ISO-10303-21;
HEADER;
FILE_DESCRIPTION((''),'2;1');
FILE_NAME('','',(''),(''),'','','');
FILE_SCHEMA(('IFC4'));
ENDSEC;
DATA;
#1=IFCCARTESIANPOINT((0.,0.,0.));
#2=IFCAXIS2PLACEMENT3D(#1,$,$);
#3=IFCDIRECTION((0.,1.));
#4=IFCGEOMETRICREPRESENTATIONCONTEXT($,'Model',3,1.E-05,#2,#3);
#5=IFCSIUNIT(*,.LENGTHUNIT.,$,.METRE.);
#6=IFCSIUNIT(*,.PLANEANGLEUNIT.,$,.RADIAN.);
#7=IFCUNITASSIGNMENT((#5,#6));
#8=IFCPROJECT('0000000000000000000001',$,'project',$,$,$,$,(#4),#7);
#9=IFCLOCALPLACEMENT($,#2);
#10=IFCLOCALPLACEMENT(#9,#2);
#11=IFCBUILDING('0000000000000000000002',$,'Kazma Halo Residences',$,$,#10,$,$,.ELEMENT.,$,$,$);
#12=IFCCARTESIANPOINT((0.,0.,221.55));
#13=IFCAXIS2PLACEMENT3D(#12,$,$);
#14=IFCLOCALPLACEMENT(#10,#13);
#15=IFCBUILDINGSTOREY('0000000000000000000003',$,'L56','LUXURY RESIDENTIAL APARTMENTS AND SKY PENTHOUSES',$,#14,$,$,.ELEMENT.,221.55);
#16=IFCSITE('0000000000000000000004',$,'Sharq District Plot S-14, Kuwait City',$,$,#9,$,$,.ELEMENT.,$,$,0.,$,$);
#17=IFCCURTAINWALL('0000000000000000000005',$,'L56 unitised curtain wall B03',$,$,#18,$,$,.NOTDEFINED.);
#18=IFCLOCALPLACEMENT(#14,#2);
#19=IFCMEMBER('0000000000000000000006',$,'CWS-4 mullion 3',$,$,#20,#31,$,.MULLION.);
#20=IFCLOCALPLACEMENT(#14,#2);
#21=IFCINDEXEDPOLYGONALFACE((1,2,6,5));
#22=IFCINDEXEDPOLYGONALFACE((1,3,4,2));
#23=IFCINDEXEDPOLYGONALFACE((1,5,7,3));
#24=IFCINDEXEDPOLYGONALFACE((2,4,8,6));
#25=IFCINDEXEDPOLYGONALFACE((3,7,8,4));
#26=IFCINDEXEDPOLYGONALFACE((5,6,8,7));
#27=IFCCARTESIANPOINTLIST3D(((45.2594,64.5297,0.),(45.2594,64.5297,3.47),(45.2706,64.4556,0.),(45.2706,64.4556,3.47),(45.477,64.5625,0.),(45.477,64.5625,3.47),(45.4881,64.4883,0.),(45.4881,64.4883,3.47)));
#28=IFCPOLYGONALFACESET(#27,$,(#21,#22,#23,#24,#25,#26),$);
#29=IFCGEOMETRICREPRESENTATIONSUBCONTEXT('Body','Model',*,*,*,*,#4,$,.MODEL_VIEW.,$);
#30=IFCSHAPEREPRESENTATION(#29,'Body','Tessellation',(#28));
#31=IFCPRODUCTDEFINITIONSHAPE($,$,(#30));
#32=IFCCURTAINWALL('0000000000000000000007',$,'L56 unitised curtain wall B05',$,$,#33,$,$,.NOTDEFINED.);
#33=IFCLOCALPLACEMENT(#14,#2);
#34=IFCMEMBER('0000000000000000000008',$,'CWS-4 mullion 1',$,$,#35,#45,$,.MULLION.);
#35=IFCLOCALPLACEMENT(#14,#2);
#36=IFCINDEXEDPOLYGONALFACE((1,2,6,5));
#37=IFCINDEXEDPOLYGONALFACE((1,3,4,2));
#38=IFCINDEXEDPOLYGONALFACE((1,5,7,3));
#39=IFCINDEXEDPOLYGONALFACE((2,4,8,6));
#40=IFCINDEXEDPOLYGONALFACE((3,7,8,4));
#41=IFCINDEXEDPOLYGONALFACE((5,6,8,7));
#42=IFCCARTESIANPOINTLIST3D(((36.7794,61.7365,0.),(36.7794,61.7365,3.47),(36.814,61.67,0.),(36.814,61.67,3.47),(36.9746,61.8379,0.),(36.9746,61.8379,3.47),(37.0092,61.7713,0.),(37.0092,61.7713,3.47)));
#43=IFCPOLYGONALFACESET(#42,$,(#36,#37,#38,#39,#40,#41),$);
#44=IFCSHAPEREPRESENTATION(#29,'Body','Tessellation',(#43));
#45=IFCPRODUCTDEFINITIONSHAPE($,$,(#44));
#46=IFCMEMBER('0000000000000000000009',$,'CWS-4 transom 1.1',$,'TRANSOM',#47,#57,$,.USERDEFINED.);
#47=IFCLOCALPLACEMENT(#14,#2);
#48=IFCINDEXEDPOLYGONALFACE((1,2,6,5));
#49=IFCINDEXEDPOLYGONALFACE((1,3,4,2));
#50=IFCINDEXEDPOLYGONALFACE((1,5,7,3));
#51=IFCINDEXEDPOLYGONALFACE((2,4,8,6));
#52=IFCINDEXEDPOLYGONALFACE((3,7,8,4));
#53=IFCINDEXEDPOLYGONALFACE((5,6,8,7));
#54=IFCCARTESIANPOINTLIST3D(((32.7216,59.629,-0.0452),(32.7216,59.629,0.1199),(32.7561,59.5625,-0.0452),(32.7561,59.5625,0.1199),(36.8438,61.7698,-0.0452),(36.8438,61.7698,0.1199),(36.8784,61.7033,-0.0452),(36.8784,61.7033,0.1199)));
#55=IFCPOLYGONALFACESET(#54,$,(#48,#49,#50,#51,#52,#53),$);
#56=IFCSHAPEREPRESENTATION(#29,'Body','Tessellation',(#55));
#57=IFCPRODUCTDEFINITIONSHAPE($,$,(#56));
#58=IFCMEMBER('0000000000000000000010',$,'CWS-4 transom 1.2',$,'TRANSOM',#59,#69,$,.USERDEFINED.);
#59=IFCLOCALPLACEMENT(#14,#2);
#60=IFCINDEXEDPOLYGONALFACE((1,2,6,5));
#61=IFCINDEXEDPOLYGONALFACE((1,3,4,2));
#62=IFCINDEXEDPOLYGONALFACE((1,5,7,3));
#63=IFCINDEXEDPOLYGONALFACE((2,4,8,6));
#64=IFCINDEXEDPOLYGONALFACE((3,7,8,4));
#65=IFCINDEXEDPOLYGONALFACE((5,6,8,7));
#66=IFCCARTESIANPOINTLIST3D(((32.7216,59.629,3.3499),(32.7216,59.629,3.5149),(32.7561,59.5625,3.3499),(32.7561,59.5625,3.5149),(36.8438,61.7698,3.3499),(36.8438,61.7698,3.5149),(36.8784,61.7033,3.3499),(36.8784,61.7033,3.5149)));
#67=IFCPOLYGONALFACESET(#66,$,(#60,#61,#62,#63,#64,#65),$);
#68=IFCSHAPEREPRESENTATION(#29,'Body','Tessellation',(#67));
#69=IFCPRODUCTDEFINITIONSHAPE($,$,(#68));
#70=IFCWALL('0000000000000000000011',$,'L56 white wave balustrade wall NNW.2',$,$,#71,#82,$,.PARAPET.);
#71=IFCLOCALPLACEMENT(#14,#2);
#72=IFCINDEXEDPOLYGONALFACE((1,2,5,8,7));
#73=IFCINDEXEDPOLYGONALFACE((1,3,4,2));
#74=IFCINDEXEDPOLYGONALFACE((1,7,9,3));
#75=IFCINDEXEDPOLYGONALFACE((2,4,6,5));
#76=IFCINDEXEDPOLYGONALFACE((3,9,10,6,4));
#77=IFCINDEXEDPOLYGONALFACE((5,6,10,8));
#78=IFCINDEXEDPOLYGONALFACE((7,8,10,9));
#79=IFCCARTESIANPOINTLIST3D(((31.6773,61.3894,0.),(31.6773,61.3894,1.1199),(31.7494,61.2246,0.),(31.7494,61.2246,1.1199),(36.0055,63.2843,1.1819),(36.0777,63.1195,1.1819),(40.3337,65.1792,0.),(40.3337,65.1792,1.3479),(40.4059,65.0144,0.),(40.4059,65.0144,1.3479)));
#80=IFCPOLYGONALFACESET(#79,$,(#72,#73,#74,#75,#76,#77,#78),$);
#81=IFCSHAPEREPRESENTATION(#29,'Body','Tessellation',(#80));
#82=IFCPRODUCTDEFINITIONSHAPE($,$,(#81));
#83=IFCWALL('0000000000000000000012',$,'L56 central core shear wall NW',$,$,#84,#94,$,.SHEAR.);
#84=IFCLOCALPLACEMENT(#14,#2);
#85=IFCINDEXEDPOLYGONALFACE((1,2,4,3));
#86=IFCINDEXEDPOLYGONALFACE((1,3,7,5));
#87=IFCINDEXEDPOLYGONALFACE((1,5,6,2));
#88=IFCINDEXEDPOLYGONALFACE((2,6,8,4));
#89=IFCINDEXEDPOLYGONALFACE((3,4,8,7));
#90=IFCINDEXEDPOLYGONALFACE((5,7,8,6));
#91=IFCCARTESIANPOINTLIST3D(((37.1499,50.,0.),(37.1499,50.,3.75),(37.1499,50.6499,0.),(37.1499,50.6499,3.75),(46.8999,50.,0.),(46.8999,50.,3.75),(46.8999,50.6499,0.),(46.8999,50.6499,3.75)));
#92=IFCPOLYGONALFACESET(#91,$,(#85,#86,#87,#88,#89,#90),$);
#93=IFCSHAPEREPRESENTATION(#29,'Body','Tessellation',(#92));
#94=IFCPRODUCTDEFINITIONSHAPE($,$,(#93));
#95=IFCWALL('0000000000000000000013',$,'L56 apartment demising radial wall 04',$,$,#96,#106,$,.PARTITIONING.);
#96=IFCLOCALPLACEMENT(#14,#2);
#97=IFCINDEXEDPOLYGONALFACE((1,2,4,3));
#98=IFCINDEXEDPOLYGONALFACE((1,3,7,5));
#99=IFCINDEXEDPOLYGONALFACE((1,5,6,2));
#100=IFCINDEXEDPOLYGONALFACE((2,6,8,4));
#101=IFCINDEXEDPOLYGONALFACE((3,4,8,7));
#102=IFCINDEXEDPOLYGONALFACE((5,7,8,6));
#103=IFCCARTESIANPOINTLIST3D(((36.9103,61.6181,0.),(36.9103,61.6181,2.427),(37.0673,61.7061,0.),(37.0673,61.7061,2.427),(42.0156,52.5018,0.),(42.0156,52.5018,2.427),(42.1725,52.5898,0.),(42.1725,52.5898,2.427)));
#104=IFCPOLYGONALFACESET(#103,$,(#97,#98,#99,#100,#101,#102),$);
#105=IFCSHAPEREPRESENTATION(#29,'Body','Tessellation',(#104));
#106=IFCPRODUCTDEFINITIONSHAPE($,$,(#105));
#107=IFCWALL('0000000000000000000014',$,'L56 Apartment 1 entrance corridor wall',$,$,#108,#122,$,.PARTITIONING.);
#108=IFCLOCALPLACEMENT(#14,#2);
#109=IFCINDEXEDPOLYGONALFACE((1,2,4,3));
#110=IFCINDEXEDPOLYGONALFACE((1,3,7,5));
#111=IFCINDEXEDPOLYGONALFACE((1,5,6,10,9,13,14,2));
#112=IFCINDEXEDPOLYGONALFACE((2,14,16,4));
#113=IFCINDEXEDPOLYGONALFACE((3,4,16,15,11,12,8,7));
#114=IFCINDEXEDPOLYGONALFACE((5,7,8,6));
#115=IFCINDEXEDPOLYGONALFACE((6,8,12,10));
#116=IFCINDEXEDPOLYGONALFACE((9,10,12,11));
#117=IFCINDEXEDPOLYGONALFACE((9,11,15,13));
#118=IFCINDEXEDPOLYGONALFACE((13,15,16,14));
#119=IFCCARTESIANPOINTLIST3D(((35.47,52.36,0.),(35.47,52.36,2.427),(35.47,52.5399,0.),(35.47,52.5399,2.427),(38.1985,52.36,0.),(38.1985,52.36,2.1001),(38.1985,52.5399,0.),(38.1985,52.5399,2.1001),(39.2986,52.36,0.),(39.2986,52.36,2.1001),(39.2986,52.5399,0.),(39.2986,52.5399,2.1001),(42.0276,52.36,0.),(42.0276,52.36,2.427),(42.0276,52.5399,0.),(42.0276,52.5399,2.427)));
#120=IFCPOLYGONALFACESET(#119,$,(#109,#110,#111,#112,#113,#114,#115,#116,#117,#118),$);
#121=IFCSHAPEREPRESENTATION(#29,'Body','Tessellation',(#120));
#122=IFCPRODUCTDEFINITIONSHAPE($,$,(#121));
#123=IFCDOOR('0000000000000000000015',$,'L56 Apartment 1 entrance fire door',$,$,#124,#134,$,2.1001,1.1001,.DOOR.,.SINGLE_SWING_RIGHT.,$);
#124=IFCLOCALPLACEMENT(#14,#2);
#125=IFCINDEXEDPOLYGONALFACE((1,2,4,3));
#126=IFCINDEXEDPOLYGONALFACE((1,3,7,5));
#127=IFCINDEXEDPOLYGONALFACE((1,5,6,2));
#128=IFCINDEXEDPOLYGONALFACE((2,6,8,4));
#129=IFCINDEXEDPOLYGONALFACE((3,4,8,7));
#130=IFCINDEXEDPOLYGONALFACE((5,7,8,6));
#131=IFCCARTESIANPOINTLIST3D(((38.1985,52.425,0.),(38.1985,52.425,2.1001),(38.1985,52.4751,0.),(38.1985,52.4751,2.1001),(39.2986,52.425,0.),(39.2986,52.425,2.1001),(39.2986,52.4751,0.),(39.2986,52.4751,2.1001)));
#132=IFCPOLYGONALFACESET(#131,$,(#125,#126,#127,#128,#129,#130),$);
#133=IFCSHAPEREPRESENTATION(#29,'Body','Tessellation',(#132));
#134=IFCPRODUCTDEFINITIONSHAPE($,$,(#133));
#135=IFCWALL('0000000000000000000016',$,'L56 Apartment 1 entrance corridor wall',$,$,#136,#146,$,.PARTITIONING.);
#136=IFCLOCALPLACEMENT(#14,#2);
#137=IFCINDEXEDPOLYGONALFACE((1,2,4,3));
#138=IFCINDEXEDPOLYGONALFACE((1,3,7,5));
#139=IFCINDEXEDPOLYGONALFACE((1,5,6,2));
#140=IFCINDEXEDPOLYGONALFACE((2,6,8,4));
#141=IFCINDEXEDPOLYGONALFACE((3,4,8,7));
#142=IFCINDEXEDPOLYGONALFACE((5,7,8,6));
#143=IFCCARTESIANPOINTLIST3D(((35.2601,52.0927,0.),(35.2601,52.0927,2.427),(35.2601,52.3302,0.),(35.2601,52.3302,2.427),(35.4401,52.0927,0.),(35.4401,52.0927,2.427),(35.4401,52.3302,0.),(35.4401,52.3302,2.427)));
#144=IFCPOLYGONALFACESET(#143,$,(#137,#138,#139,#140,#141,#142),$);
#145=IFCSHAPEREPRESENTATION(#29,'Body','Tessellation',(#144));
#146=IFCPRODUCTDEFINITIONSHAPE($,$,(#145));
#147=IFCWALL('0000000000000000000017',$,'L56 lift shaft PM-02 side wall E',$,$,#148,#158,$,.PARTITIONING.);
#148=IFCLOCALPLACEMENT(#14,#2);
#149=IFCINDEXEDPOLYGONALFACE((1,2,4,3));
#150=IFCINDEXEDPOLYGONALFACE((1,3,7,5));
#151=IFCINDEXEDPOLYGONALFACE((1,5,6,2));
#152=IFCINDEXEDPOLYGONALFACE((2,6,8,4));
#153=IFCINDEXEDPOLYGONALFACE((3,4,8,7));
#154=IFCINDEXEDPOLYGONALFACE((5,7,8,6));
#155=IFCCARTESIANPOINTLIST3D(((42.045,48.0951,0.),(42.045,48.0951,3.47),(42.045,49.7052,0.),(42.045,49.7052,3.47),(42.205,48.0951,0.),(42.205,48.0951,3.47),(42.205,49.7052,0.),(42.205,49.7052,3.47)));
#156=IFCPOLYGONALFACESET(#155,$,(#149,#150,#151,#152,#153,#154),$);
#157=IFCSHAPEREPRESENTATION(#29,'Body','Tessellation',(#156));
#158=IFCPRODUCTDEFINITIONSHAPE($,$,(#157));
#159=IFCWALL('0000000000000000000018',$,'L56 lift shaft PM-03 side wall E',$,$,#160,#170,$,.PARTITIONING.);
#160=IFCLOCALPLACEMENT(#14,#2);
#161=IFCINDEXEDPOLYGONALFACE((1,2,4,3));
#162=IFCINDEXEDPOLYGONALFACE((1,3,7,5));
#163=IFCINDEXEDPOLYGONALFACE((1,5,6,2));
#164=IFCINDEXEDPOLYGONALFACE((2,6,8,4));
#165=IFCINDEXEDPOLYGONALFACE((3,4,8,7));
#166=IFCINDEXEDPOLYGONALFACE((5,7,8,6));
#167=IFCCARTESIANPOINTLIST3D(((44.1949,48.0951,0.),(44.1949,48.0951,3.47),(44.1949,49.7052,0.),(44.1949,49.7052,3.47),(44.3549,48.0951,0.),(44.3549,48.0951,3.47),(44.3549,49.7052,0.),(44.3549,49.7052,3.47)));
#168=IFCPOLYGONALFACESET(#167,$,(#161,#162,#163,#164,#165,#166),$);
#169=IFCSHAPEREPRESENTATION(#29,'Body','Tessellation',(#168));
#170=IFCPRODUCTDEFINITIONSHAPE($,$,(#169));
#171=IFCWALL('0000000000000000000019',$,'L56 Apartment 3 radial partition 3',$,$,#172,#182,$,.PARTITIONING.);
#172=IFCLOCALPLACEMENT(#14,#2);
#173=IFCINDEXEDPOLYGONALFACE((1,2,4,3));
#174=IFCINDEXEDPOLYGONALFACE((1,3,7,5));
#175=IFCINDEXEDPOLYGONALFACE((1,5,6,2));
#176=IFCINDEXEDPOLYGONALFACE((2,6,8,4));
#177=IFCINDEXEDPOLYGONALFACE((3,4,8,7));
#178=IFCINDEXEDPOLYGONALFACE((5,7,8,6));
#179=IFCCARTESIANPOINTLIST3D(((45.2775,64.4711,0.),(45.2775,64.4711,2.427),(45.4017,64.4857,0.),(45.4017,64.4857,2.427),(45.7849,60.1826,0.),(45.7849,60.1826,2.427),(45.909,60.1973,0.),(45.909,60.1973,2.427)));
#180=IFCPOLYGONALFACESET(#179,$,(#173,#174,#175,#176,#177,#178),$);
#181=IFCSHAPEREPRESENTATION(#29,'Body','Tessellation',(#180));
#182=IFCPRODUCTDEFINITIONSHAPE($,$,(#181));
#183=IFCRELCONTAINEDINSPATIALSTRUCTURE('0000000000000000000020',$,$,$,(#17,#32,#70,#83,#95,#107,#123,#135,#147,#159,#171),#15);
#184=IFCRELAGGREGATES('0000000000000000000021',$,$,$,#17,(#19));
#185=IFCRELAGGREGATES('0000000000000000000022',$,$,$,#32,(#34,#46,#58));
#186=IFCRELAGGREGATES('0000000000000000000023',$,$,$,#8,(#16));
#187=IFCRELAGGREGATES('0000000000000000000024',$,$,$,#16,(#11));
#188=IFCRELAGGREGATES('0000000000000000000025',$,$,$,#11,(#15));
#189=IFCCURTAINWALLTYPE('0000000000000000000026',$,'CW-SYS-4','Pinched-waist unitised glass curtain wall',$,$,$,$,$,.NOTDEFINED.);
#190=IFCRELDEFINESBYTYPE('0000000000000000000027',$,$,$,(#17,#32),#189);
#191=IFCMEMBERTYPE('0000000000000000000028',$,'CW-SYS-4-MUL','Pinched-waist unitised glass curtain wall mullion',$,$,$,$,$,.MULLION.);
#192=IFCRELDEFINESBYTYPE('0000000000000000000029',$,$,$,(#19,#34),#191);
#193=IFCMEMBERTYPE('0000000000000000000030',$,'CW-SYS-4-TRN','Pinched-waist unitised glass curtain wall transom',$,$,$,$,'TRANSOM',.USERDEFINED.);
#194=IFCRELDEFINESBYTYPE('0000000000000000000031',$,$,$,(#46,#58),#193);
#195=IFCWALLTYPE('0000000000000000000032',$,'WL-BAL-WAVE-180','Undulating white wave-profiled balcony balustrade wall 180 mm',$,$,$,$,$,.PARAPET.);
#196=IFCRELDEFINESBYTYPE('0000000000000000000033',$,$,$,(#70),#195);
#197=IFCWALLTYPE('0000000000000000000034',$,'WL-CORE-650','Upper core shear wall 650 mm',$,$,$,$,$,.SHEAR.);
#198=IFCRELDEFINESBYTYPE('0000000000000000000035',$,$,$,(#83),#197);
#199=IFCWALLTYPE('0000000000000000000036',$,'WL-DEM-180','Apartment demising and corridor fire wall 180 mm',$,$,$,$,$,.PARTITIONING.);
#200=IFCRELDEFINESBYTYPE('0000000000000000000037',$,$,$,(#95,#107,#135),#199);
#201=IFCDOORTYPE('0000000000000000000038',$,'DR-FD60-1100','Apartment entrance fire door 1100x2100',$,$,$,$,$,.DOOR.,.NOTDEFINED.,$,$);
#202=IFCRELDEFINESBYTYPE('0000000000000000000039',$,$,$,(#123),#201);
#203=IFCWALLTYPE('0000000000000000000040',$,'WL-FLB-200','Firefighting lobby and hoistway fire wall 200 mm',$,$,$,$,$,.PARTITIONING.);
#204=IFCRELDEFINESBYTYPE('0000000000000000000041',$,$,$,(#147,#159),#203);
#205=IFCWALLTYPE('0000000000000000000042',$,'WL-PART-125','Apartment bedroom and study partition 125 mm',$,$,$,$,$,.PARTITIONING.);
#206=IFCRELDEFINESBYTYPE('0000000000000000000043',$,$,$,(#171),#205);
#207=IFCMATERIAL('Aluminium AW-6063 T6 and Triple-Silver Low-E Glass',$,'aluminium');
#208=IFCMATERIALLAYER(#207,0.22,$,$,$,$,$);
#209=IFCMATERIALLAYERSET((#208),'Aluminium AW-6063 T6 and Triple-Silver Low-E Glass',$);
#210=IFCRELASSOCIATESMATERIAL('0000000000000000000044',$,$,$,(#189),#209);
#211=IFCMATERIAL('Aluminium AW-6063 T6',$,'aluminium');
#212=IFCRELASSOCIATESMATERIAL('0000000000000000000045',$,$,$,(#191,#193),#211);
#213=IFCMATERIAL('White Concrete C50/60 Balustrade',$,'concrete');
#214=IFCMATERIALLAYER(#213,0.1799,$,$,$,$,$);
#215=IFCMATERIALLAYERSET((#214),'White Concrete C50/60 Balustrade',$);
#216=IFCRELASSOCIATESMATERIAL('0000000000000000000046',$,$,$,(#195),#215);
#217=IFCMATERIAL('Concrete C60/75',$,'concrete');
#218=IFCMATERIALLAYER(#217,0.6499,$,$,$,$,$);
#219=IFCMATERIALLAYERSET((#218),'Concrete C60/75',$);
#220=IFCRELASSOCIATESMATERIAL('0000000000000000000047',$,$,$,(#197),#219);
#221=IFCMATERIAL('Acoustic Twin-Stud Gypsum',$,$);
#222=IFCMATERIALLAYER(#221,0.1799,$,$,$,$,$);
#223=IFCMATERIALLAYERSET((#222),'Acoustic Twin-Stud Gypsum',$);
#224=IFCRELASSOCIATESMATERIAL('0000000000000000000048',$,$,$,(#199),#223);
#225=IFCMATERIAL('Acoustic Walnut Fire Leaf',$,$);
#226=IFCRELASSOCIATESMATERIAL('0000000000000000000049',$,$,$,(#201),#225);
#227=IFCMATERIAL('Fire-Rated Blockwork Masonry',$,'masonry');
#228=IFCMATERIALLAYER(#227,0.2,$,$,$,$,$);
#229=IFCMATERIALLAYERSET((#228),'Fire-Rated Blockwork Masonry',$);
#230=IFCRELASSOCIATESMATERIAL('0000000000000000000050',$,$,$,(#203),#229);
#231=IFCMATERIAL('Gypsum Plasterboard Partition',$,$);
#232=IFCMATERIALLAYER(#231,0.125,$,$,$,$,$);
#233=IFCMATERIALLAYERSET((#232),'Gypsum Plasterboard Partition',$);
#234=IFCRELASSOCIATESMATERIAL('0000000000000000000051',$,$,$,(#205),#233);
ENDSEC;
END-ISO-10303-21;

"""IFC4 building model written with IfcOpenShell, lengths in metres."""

from ifc_helpers import new_model, si_unit, direction, frame, frame_2d, origin, origin_2d, place, context, subcontext, project, spatial, polyline, rectangle, outline, extrude, material, layer, layer_set, material_profile, profile_set, type_object, element, fill, aggregate, save


model = new_model("IFC4")

# Units and contexts
model_context = context("Model", 3, precision=1e-05, world=origin(), true_north=direction((0.0, 1.0)))
body_context = subcontext(model_context, "Body", "Model", "MODEL_VIEW")
ifc_project = project(units=[si_unit("LENGTHUNIT", "METRE"), si_unit("PLANEANGLEUNIT", "RADIAN")], contexts=[model_context])

# Site, building, storey
site_placement = place(None, origin())
site = spatial("IfcSite", under=ifc_project, at=site_placement, Name="Sharq District Plot S-14, Kuwait City", CompositionType="ELEMENT", RefElevation=0.0)
building_placement = place(site_placement, origin())
building = spatial("IfcBuilding", under=site, at=building_placement, Name="Kazma Halo Residences", CompositionType="ELEMENT")
storey_placement = place(building_placement, frame((0.0, 0.0, 221.55)))
storey = spatial("IfcBuildingStorey", under=building, at=storey_placement, Name="L56", Description="LUXURY RESIDENTIAL APARTMENTS AND SKY PENTHOUSES", CompositionType="ELEMENT", Elevation=221.55)

# Curtain wall, member
ifc_material_1 = material(Name="Aluminium AW-6063 T6 and Triple-Silver Low-E Glass", Category="aluminium")
ifc_layer_1 = layer(ifc_material_1, 0.22)
ifc_layer_set_1 = layer_set([ifc_layer_1], Name="Aluminium AW-6063 T6 and Triple-Silver Low-E Glass")
curtain_wall_type = type_object("IfcCurtainWallType", Name="CW-SYS-4", Description="Pinched-waist unitised glass curtain wall", PredefinedType="NOTDEFINED", material=ifc_layer_set_1)
curtain_wall_1_placement = place(storey_placement, origin())
curtain_wall_1 = element("IfcCurtainWall", 1, at=curtain_wall_1_placement, inside=storey, type_object=curtain_wall_type, Name="L56 unitised curtain wall B03", PredefinedType="NOTDEFINED")
ifc_material_2 = material(Name="Aluminium AW-6063 T6", Category="aluminium")
ifc_material_profile_1 = material_profile(ifc_material_2, rectangle(XDim=0.075, YDim=0.22, at=origin_2d()), Name="CWM-75x220")
ifc_profile_set_1 = profile_set([ifc_material_profile_1], Name="Aluminium AW-6063 T6")
member_type_1 = type_object("IfcMemberType", Name="CW-SYS-4-MUL", Description="Pinched-waist unitised glass curtain wall mullion", PredefinedType="MULLION", material=ifc_profile_set_1)
member_1_placement = place(storey_placement, frame((45.3738, 64.509, 0.0), z_axis=(0.0, 0.0, 1.0), x_axis=(0.148773, -0.988871, 0.0)))
member_1 = element("IfcMember", 2, at=member_1_placement, type_object=member_type_1, Name="CWS-4 mullion 3", PredefinedType="MULLION", context=body_context, shape_type="SweptSolid", body=[
    extrude(rectangle(XDim=0.075, YDim=0.22, at=origin_2d()), origin(), (0.0, 0.0, 1.0), 3.47),
])
aggregate(curtain_wall_1, [member_1])

# Curtain wall, members
curtain_wall_2_placement = place(storey_placement, origin())
curtain_wall_2 = element("IfcCurtainWall", 3, at=curtain_wall_2_placement, inside=storey, type_object=curtain_wall_type, Name="L56 unitised curtain wall B05", PredefinedType="NOTDEFINED")
member_2_placement = place(storey_placement, frame((36.8943, 61.7539, 0.0), z_axis=(0.0, 0.0, 1.0), x_axis=(0.460874, -0.887466, 0.0)))
member_2 = element("IfcMember", 4, at=member_2_placement, type_object=member_type_1, Name="CWS-4 mullion 1", PredefinedType="MULLION", context=body_context, shape_type="SweptSolid", body=[
    extrude(rectangle(XDim=0.075, YDim=0.22, at=origin_2d()), origin(), (0.0, 0.0, 1.0), 3.47),
])
ifc_material_profile_2 = material_profile(ifc_material_2, rectangle(XDim=0.075, YDim=0.165, at=origin_2d()), Name="CWT-75x165")
ifc_profile_set_2 = profile_set([ifc_material_profile_2], Name="Aluminium AW-6063 T6")
member_type_2 = type_object("IfcMemberType", Name="CW-SYS-4-TRN", Description="Pinched-waist unitised glass curtain wall transom", ElementType="TRANSOM", PredefinedType="USERDEFINED", material=ifc_profile_set_2)
member_3_placement = place(storey_placement, frame((36.8611, 61.7366, 0.0374), z_axis=(-0.887458, -0.460889, 0.0), x_axis=(0.460889, -0.887458, 0.0)))
member_3 = element("IfcMember", 5, at=member_3_placement, type_object=member_type_2, Name="CWS-4 transom 1.1", ObjectType="TRANSOM", PredefinedType="USERDEFINED", context=body_context, shape_type="SweptSolid", body=[
    extrude(rectangle(XDim=0.075, YDim=0.165, at=origin_2d()), origin(), (0.0, 0.0, 1.0), 4.645),
])
member_4_placement = place(storey_placement, frame((36.8611, 61.7366, 3.4324), z_axis=(-0.887458, -0.460889, 0.0), x_axis=(0.460889, -0.887458, 0.0)))
member_4 = element("IfcMember", 6, at=member_4_placement, type_object=member_type_2, Name="CWS-4 transom 1.2", ObjectType="TRANSOM", PredefinedType="USERDEFINED", context=body_context, shape_type="SweptSolid", body=[
    extrude(rectangle(XDim=0.075, YDim=0.165, at=origin_2d()), origin(), (0.0, 0.0, 1.0), 4.645),
])
aggregate(curtain_wall_2, [member_2, member_3, member_4])

# Walls
ifc_material_3 = material(Name="White Concrete C50/60 Balustrade", Category="concrete")
ifc_layer_2 = layer(ifc_material_3, 0.1799)
ifc_layer_set_2 = layer_set([ifc_layer_2], Name="White Concrete C50/60 Balustrade")
wall_type_1 = type_object("IfcWallType", Name="WL-BAL-WAVE-180", Description="Undulating white wave-profiled balcony balustrade wall 180 mm", PredefinedType="PARAPET", material=ifc_layer_set_2)
wall_1_placement = place(storey_placement, frame((40.3699, 65.0967, 0.0), z_axis=(0.0, 0.0, 1.0), x_axis=(-0.916057, -0.401048, 0.0)))
element("IfcWall", 7, at=wall_1_placement, inside=storey, type_object=wall_type_1, Name="L56 white wave balustrade wall NNW.2", PredefinedType="PARAPET", context=body_context, shape_type="SweptSolid", body=[
    extrude(outline(polyline([(0.0, 0.0), (9.4497, 0.0), (9.4497, 1.1199), (4.7249, 1.1819), (0.0, 1.3479), (0.0, 0.0)])), frame((0.0, 0.0898, 0.0), z_axis=(0.0, -1.0, 0.0), x_axis=(1.0, 0.0, 0.0)), (0.0, 0.0, 1.0), 0.1799),
])
ifc_material_4 = material(Name="Concrete C60/75", Category="concrete")
ifc_layer_3 = layer(ifc_material_4, 0.6499)
ifc_layer_set_3 = layer_set([ifc_layer_3], Name="Concrete C60/75")
wall_type_2 = type_object("IfcWallType", Name="WL-CORE-650", Description="Upper core shear wall 650 mm", PredefinedType="SHEAR", material=ifc_layer_set_3)
wall_2_placement = place(storey_placement, frame((37.1499, 50.325, 0.0), z_axis=(0.0, 0.0, 1.0), x_axis=(1.0, 0.0, 0.0)))
element("IfcWall", 8, at=wall_2_placement, inside=storey, type_object=wall_type_2, Name="L56 central core shear wall NW", PredefinedType="SHEAR", context=body_context, shape_type="SweptSolid", body=[
    extrude(rectangle(XDim=9.75, YDim=0.6499, at=frame_2d((4.875, 0.0))), origin(), (0.0, 0.0, 1.0), 3.75),
])
ifc_material_5 = material(Name="Acoustic Twin-Stud Gypsum")
ifc_layer_4 = layer(ifc_material_5, 0.1799)
ifc_layer_set_4 = layer_set([ifc_layer_4], Name="Acoustic Twin-Stud Gypsum")
wall_type_3 = type_object("IfcWallType", Name="WL-DEM-180", Description="Apartment demising and corridor fire wall 180 mm", PredefinedType="PARTITIONING", material=ifc_layer_set_4)
wall_3_placement = place(storey_placement, frame((42.094, 52.5459, 0.0), z_axis=(0.0, 0.0, 1.0), x_axis=(-0.488614, 0.8725, 0.0)))
element("IfcWall", 9, at=wall_3_placement, inside=storey, type_object=wall_type_3, Name="L56 apartment demising radial wall 04", PredefinedType="PARTITIONING", context=body_context, shape_type="SweptSolid", body=[
    extrude(rectangle(XDim=10.4485, YDim=0.1799, at=frame_2d((5.2241, 0.0))), origin(), (0.0, 0.0, 1.0), 2.427),
])

# Wall, opening, door
wall_4_placement = place(storey_placement, frame((42.0276, 52.45, 0.0), z_axis=(0.0, 0.0, 1.0), x_axis=(-1.0, 0.0, 0.0)))
wall_4 = element("IfcWall", 10, at=wall_4_placement, inside=storey, type_object=wall_type_3, Name="L56 Apartment 1 entrance corridor wall", PredefinedType="PARTITIONING", context=body_context, shape_type="SweptSolid", body=[
    extrude(rectangle(XDim=6.5576, YDim=0.1799, at=frame_2d((3.2788, 0.0))), origin(), (0.0, 0.0, 1.0), 2.427),
])
opening_1_placement = place(wall_4_placement, frame((2.729, 0.0, 0.0)))
opening_1 = element("IfcOpeningElement", 11, at=opening_1_placement, cuts=wall_4, PredefinedType="OPENING", context=body_context, shape_type="SweptSolid", body=[
    extrude(rectangle(XDim=1.1001, YDim=2.1001, at=frame_2d((0.55, 1.05))), frame((0.0, 0.0999, 0.0), z_axis=(0.0, -1.0, 0.0), x_axis=(1.0, 0.0, 0.0)), (0.0, 0.0, 1.0), 0.2),
])
ifc_material_6 = material(Name="Acoustic Walnut Fire Leaf")
door_type_1 = type_object("IfcDoorType", Name="DR-FD60-1100", Description="Apartment entrance fire door 1100x2100", OperationType="NOTDEFINED", PredefinedType="DOOR", material=ifc_material_6)
door_1_placement = place(opening_1_placement, origin())
door_1 = element("IfcDoor", 12, at=door_1_placement, inside=storey, type_object=door_type_1, Name="L56 Apartment 1 entrance fire door", OperationType="SINGLE_SWING_RIGHT", OverallHeight=2.1001, OverallWidth=1.1001, PredefinedType="DOOR", context=body_context, shape_type="SweptSolid", body=[
    extrude(rectangle(XDim=1.1001, YDim=2.1001, at=frame_2d((0.55, 1.05))), frame((0.0, 0.0249, 0.0), z_axis=(0.0, -1.0, 0.0), x_axis=(1.0, 0.0, 0.0)), (0.0, 0.0, 1.0), 0.05),
])
fill(opening_1, door_1)

# Wall
wall_5_placement = place(storey_placement, frame((35.3501, 52.3301, 0.0), z_axis=(0.0, 0.0, 1.0), x_axis=(0.0, -1.0, 0.0)))
element("IfcWall", 13, at=wall_5_placement, inside=storey, type_object=wall_type_3, Name="L56 Apartment 1 entrance corridor wall", PredefinedType="PARTITIONING", context=body_context, shape_type="SweptSolid", body=[
    extrude(rectangle(XDim=0.2375, YDim=0.1799, at=frame_2d((0.1187, 0.0))), origin(), (0.0, 0.0, 1.0), 2.427),
])

# Walls
ifc_material_7 = material(Name="Fire-Rated Blockwork Masonry", Category="masonry")
ifc_layer_5 = layer(ifc_material_7, 0.2)
ifc_layer_set_5 = layer_set([ifc_layer_5], Name="Fire-Rated Blockwork Masonry")
wall_type_4 = type_object("IfcWallType", Name="WL-FLB-200", Description="Firefighting lobby and hoistway fire wall 200 mm", PredefinedType="PARTITIONING", material=ifc_layer_set_5)
for number, where, z_axis, x_axis, name in (
    (14, (42.125, 48.095, 0.0), (0.0, 0.0, 1.0), (0.0, 1.0, 0.0), "L56 lift shaft PM-02 side wall E"),
    (15, (44.2749, 48.095, 0.0), (0.0, 0.0, 1.0), (0.0, 1.0, 0.0), "L56 lift shaft PM-03 side wall E"),
):
    element("IfcWall", number, at=place(storey_placement, frame(where, z_axis=z_axis, x_axis=x_axis)), inside=storey, type_object=wall_type_4, Name=name, PredefinedType="PARTITIONING", context=body_context, shape_type="SweptSolid", body=[
        extrude(rectangle(XDim=1.6101, YDim=0.1599, at=frame_2d((0.8052, 0.0))), origin(), (0.0, 0.0, 1.0), 3.47),
    ])
ifc_material_8 = material(Name="Gypsum Plasterboard Partition")
ifc_layer_6 = layer(ifc_material_8, 0.125)
ifc_layer_set_6 = layer_set([ifc_layer_6], Name="Gypsum Plasterboard Partition")
wall_type_5 = type_object("IfcWallType", Name="WL-PART-125", Description="Apartment bedroom and study partition 125 mm", PredefinedType="PARTITIONING", material=ifc_layer_set_6)
wall_6_placement = place(storey_placement, frame((45.8469, 60.1899, 0.0), z_axis=(0.0, 0.0, 1.0), x_axis=(-0.117478, 0.993076, 0.0)))
element("IfcWall", 16, at=wall_6_placement, inside=storey, type_object=wall_type_5, Name="L56 Apartment 3 radial partition 3", PredefinedType="PARTITIONING", context=body_context, shape_type="SweptSolid", body=[
    extrude(rectangle(XDim=4.3184, YDim=0.125, at=frame_2d((2.1592, 0.0))), origin(), (0.0, 0.0, 1.0), 2.427),
])

save(model, "model.ifc")
